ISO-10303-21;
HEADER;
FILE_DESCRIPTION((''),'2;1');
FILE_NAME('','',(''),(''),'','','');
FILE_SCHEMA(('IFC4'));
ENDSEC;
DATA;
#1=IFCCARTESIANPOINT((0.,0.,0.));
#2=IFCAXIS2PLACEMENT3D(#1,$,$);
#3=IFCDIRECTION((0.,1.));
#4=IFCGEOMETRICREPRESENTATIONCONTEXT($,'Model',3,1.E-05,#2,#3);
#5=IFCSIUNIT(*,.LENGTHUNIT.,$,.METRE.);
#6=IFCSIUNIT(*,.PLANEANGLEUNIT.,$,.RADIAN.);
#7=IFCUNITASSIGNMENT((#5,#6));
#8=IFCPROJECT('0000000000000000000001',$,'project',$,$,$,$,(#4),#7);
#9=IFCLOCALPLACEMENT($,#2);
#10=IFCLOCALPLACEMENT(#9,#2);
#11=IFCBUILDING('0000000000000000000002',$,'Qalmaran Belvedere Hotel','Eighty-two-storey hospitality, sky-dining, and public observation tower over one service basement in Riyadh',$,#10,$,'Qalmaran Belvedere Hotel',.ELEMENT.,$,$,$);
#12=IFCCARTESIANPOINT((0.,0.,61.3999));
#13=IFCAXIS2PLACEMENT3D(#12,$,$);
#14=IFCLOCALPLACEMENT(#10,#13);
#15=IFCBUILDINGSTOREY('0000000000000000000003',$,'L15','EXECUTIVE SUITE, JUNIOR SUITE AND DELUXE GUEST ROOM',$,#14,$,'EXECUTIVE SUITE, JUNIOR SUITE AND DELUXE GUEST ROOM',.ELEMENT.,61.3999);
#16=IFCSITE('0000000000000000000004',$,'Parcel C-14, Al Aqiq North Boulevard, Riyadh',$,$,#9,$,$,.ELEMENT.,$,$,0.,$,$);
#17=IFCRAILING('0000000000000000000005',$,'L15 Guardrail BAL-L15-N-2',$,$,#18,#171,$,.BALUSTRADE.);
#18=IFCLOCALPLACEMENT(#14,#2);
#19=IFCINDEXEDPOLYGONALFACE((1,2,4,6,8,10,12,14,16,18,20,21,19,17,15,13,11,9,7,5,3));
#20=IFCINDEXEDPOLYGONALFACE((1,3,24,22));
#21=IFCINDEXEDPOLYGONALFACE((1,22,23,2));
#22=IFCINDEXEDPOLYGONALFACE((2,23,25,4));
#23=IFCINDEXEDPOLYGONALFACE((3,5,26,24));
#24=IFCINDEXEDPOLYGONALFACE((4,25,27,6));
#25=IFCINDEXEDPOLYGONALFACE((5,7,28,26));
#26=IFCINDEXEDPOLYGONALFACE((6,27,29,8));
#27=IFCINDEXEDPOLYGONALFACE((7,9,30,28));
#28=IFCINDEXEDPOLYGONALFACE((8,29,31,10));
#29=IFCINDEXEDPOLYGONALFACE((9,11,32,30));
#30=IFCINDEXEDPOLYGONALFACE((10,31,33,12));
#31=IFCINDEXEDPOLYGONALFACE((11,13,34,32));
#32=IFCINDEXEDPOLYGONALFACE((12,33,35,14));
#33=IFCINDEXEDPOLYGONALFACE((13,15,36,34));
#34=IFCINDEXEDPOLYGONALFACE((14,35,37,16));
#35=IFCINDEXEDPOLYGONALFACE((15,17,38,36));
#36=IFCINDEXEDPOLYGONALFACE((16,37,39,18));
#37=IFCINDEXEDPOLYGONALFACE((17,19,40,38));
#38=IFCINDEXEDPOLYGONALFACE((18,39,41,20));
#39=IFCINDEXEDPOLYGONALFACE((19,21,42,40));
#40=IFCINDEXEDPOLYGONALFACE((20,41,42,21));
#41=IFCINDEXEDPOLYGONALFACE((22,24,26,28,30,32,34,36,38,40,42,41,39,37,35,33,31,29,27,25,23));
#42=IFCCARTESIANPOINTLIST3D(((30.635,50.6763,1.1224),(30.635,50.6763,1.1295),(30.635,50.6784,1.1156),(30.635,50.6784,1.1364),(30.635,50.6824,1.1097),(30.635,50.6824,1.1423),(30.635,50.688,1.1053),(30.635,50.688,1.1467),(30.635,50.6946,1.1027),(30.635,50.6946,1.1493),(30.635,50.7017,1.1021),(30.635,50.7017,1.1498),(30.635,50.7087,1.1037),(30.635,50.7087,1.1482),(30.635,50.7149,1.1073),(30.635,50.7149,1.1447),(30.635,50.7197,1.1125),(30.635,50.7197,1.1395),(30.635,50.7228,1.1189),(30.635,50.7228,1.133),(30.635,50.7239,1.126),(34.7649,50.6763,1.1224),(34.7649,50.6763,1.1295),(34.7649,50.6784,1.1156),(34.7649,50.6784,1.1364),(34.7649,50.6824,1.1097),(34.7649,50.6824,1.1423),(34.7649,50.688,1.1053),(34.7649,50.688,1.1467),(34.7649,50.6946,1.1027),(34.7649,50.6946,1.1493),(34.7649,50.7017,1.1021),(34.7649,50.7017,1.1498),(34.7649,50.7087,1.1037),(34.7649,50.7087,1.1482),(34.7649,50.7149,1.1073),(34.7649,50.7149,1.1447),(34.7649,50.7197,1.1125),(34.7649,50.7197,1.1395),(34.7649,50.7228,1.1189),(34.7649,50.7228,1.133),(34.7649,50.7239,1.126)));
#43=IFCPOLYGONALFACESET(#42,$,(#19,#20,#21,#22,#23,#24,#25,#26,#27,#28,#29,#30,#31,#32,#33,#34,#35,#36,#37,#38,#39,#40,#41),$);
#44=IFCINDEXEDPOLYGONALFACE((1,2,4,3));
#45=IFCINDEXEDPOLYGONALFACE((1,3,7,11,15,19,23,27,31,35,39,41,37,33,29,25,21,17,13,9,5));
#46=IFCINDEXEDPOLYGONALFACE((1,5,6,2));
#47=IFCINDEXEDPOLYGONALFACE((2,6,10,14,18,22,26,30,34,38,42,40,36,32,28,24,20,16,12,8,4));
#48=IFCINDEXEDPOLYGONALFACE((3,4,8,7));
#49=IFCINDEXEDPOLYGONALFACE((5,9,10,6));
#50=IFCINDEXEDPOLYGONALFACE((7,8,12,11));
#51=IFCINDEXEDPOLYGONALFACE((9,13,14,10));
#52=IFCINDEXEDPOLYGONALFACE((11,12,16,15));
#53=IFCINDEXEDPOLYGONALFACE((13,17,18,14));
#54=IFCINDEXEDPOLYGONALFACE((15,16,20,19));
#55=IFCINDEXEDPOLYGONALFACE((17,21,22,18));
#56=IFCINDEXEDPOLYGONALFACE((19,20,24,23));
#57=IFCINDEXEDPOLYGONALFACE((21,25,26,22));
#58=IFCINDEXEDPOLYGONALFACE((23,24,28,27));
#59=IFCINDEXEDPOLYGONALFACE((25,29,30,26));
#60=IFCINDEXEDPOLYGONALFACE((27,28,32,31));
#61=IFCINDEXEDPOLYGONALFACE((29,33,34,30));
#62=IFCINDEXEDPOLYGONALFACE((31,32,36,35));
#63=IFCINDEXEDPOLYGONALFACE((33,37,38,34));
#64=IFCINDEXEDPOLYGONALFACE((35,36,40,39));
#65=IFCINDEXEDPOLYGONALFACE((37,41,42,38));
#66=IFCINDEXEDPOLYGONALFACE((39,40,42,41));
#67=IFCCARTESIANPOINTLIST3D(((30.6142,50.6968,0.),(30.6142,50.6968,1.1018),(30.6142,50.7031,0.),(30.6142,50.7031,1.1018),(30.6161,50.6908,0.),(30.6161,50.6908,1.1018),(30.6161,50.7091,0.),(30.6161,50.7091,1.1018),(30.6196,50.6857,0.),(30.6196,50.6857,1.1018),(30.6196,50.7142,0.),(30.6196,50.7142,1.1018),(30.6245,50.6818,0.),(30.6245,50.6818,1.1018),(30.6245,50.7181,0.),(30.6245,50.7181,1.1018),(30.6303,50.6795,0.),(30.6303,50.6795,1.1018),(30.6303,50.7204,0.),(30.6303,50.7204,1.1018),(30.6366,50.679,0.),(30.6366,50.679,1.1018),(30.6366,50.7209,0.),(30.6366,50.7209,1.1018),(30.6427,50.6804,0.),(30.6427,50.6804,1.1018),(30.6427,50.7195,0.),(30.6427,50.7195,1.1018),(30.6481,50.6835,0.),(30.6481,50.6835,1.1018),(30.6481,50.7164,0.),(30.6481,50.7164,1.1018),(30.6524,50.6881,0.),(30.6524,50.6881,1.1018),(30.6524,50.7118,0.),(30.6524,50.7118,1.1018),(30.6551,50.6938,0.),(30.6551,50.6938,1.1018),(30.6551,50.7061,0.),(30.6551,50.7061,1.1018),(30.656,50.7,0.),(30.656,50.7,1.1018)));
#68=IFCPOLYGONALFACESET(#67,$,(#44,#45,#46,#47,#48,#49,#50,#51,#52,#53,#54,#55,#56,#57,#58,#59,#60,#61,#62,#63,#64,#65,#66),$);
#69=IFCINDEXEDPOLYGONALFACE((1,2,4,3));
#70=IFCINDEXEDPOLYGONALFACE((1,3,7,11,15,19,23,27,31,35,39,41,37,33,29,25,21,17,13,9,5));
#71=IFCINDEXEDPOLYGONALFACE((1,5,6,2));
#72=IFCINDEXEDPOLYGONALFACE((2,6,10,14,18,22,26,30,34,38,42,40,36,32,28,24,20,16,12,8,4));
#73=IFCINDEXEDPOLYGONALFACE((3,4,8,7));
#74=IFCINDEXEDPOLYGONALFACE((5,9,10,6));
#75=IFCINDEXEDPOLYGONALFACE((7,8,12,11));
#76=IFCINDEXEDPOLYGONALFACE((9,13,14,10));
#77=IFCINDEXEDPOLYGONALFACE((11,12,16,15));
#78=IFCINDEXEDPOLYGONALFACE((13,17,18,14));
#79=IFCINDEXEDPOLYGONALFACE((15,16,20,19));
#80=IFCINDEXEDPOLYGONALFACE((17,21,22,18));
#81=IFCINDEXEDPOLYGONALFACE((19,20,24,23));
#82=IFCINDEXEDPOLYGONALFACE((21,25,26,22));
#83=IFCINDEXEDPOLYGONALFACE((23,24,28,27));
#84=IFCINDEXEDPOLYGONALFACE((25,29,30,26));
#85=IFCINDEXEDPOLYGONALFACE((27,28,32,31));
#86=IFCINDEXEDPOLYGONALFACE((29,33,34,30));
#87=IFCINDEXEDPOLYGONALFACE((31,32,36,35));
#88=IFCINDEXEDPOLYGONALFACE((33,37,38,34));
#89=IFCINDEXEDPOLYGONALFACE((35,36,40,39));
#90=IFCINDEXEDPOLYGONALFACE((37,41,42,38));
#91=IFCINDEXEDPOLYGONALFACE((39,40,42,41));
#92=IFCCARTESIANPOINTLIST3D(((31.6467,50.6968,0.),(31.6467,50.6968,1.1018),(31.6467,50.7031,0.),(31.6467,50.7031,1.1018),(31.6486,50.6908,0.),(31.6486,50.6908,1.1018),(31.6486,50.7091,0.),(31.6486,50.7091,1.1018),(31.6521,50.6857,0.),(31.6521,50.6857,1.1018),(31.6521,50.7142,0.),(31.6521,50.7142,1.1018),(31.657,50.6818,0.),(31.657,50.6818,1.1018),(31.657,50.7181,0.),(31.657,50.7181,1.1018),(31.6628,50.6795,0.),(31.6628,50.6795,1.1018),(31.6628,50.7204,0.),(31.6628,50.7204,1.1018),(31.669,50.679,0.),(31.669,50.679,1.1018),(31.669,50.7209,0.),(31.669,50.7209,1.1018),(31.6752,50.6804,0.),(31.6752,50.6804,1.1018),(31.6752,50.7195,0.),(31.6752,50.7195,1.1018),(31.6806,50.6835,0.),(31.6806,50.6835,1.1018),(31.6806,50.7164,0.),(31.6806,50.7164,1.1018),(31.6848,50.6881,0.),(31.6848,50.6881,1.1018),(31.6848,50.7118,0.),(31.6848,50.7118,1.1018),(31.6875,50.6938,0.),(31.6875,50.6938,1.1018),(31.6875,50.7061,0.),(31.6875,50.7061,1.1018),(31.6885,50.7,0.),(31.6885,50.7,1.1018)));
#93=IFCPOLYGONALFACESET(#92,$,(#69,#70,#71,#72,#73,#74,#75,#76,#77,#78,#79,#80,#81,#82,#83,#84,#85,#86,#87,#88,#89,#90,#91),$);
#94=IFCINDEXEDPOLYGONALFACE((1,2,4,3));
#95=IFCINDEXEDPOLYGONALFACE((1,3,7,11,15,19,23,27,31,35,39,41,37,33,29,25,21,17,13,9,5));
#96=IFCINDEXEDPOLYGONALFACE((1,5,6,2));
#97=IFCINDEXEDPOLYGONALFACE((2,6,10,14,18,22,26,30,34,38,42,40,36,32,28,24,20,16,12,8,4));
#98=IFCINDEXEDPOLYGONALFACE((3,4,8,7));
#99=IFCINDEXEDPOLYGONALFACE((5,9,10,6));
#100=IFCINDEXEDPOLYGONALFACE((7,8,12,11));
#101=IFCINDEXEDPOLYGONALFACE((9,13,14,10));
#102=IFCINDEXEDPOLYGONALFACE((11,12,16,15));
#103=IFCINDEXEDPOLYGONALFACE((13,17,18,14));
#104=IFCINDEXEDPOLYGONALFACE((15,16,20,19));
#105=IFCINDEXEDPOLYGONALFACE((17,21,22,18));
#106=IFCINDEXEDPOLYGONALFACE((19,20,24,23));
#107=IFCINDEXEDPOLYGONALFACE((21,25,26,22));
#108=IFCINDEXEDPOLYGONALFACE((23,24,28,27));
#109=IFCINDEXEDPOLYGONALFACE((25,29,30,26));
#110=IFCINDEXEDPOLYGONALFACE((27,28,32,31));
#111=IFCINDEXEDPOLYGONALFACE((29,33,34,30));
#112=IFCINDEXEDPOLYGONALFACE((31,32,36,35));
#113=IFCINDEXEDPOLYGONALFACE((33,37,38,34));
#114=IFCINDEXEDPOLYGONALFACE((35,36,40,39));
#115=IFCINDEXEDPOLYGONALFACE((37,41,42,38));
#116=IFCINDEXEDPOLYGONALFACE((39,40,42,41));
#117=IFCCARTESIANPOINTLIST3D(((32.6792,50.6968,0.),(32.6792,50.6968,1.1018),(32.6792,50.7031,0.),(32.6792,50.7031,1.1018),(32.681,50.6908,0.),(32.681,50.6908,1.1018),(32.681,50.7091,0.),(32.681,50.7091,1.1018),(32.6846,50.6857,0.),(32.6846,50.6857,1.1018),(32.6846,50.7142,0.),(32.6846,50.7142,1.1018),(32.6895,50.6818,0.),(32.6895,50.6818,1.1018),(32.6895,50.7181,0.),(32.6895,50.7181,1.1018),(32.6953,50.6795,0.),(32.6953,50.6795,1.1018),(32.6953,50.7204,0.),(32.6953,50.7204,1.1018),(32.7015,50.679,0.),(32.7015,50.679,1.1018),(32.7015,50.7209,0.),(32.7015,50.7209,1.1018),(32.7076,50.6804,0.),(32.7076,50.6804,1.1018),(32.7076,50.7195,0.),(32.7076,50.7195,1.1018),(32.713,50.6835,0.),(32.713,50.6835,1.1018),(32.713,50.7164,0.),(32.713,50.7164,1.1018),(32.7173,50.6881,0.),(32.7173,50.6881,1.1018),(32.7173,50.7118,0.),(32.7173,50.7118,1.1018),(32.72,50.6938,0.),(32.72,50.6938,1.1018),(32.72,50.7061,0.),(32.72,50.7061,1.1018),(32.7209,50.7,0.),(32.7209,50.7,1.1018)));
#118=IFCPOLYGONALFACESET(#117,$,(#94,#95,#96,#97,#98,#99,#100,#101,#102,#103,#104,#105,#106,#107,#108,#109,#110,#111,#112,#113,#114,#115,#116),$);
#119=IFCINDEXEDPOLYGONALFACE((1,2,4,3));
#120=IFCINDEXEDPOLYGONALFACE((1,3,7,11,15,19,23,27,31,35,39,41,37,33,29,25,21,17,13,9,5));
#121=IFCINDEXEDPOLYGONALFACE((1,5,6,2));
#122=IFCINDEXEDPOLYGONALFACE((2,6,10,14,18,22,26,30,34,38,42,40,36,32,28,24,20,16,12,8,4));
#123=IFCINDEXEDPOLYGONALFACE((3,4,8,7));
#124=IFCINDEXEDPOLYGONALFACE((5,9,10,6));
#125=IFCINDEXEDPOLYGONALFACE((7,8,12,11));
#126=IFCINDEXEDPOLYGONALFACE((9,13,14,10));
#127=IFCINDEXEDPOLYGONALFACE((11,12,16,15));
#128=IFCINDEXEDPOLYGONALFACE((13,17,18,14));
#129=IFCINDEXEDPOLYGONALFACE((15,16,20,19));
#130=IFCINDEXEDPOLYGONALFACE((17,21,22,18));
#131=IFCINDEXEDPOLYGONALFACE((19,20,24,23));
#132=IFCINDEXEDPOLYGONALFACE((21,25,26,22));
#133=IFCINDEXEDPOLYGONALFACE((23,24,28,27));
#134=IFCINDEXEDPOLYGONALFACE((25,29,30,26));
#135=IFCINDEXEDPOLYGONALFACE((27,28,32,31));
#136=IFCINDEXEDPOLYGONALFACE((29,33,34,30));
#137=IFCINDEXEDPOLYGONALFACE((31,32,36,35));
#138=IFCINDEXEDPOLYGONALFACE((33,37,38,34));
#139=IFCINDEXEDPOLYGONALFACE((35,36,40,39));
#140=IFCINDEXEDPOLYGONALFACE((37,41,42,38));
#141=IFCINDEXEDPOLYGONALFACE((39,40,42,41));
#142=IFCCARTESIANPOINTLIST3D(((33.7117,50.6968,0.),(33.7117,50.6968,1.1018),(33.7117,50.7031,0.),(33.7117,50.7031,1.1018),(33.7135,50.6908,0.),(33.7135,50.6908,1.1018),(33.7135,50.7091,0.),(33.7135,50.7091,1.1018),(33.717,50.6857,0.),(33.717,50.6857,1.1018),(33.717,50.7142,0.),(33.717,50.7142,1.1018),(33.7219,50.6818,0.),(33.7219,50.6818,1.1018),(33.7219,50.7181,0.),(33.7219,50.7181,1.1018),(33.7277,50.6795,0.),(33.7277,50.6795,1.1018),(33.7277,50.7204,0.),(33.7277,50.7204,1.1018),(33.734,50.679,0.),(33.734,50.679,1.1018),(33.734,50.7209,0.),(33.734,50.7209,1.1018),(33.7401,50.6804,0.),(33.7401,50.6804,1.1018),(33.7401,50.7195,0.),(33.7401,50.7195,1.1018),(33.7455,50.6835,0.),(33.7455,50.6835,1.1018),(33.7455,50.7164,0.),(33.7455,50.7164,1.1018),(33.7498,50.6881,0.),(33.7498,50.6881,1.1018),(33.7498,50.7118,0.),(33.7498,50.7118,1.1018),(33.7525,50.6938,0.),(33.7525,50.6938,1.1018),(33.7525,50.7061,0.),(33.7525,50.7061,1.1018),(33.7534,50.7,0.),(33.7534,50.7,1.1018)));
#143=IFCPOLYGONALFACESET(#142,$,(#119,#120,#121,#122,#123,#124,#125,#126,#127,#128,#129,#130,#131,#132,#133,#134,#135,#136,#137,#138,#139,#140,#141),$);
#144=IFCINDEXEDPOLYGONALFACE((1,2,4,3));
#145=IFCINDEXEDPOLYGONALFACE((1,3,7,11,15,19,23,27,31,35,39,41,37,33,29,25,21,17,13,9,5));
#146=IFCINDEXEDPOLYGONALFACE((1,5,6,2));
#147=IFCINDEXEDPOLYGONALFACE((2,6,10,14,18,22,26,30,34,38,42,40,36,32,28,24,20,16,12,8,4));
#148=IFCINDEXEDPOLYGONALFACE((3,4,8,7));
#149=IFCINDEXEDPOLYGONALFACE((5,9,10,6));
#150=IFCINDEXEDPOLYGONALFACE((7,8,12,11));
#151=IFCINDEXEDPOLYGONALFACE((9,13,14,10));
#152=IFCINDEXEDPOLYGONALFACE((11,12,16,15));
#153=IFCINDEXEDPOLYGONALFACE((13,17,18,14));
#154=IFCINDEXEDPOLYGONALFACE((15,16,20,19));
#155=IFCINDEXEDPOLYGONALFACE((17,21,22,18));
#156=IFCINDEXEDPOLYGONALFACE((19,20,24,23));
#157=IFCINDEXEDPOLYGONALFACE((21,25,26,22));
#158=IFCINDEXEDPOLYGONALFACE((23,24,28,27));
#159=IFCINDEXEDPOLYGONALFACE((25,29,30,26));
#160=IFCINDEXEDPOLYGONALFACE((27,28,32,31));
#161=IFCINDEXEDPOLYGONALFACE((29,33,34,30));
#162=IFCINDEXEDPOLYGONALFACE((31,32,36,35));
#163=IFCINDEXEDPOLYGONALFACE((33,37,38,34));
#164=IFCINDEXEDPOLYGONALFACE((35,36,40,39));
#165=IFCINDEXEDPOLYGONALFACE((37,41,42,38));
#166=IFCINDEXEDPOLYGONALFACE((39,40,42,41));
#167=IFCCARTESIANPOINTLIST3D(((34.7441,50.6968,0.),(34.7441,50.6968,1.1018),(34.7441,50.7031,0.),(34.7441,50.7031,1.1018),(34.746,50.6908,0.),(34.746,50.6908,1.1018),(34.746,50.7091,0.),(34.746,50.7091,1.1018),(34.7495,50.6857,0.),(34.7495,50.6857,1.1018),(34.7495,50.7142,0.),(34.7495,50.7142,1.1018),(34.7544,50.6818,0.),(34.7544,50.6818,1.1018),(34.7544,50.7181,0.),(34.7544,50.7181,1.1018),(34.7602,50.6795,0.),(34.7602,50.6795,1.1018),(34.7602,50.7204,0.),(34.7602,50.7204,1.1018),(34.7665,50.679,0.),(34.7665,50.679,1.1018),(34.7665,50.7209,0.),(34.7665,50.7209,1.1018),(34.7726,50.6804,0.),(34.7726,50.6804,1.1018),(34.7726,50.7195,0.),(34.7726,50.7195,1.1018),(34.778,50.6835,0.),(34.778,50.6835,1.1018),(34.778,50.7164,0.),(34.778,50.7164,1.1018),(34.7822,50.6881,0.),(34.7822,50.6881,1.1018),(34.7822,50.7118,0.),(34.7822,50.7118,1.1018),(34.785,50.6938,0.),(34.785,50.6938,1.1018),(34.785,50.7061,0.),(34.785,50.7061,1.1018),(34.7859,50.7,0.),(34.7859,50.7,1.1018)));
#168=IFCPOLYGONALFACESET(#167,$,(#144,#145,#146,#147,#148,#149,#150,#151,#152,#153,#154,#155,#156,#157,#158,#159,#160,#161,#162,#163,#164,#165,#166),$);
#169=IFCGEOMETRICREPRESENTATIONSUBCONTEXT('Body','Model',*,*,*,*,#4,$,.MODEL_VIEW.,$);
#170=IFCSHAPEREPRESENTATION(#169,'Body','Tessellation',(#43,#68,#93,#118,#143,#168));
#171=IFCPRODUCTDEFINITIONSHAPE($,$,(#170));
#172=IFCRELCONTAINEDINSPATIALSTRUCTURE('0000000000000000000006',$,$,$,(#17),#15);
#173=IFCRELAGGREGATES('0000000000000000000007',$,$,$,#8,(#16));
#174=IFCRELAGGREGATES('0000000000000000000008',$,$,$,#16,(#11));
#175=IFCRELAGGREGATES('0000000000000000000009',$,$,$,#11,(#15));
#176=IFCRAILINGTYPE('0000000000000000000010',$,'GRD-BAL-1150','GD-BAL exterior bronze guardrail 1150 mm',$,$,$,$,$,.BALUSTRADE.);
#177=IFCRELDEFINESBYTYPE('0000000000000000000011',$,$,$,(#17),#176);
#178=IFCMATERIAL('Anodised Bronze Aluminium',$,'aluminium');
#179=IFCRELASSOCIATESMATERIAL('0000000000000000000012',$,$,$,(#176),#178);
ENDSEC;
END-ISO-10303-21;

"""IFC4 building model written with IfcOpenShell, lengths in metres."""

from ifc_helpers import new_model, si_unit, direction, frame, origin, origin_2d, place, context, subcontext, project, spatial, circle, extrude, material, type_object, element, save


model = new_model("IFC4")

# Units and contexts
model_context = context("Model", 3, precision=1e-05, world=origin(), true_north=direction((0.0, 1.0)))
body_context = subcontext(model_context, "Body", "Model", "MODEL_VIEW")
ifc_project = project(units=[si_unit("LENGTHUNIT", "METRE"), si_unit("PLANEANGLEUNIT", "RADIAN")], contexts=[model_context])

# Site, building, storey
site_placement = place(None, origin())
site = spatial("IfcSite", under=ifc_project, at=site_placement, Name="Parcel C-14, Al Aqiq North Boulevard, Riyadh", CompositionType="ELEMENT", RefElevation=0.0)
building_placement = place(site_placement, origin())
building = spatial("IfcBuilding", under=site, at=building_placement, Name="Qalmaran Belvedere Hotel", Description="Eighty-two-storey hospitality, sky-dining, and public observation tower over one service basement in Riyadh", LongName="Qalmaran Belvedere Hotel", CompositionType="ELEMENT")
storey_placement = place(building_placement, frame((0.0, 0.0, 61.3999)))
storey = spatial("IfcBuildingStorey", under=building, at=storey_placement, Name="L15", Description="EXECUTIVE SUITE, JUNIOR SUITE AND DELUXE GUEST ROOM", LongName="EXECUTIVE SUITE, JUNIOR SUITE AND DELUXE GUEST ROOM", CompositionType="ELEMENT", Elevation=61.3999)

# Shared definitions
ifc_material_1 = material(Name="Anodised Bronze Aluminium", Category="aluminium")

# Railing
railing_type = type_object("IfcRailingType", Name="GRD-BAL-1150", Description="GD-BAL exterior bronze guardrail 1150 mm", PredefinedType="BALUSTRADE", material=ifc_material_1)
railing_1_placement = place(storey_placement, frame((30.635, 50.7, 0.0)))
element("IfcRailing", 1, at=railing_1_placement, inside=storey, type_object=railing_type, Name="L15 Guardrail BAL-L15-N-2", PredefinedType="BALUSTRADE", context=body_context, shape_type="SweptSolid", body=[
    extrude(circle(Radius=0.0239, at=origin_2d()), frame((0.0, 0.0, 1.126), z_axis=(1.0, 0.0, 0.0), x_axis=(0.0, 1.0, 0.0)), (0.0, 0.0, 1.0), 4.1299),
    extrude(circle(Radius=0.021, at=origin_2d()), origin(), (0.0, 0.0, 1.0), 1.1018),
    extrude(circle(Radius=0.021, at=origin_2d()), frame((1.0325, 0.0, 0.0)), (0.0, 0.0, 1.0), 1.1018),
    extrude(circle(Radius=0.021, at=origin_2d()), frame((2.0649, 0.0, 0.0)), (0.0, 0.0, 1.0), 1.1018),
    extrude(circle(Radius=0.021, at=origin_2d()), frame((3.0974, 0.0, 0.0)), (0.0, 0.0, 1.0), 1.1018),
    extrude(circle(Radius=0.021, at=origin_2d()), frame((4.1299, 0.0, 0.0)), (0.0, 0.0, 1.0), 1.1018),
])

save(model, "model.ifc")
